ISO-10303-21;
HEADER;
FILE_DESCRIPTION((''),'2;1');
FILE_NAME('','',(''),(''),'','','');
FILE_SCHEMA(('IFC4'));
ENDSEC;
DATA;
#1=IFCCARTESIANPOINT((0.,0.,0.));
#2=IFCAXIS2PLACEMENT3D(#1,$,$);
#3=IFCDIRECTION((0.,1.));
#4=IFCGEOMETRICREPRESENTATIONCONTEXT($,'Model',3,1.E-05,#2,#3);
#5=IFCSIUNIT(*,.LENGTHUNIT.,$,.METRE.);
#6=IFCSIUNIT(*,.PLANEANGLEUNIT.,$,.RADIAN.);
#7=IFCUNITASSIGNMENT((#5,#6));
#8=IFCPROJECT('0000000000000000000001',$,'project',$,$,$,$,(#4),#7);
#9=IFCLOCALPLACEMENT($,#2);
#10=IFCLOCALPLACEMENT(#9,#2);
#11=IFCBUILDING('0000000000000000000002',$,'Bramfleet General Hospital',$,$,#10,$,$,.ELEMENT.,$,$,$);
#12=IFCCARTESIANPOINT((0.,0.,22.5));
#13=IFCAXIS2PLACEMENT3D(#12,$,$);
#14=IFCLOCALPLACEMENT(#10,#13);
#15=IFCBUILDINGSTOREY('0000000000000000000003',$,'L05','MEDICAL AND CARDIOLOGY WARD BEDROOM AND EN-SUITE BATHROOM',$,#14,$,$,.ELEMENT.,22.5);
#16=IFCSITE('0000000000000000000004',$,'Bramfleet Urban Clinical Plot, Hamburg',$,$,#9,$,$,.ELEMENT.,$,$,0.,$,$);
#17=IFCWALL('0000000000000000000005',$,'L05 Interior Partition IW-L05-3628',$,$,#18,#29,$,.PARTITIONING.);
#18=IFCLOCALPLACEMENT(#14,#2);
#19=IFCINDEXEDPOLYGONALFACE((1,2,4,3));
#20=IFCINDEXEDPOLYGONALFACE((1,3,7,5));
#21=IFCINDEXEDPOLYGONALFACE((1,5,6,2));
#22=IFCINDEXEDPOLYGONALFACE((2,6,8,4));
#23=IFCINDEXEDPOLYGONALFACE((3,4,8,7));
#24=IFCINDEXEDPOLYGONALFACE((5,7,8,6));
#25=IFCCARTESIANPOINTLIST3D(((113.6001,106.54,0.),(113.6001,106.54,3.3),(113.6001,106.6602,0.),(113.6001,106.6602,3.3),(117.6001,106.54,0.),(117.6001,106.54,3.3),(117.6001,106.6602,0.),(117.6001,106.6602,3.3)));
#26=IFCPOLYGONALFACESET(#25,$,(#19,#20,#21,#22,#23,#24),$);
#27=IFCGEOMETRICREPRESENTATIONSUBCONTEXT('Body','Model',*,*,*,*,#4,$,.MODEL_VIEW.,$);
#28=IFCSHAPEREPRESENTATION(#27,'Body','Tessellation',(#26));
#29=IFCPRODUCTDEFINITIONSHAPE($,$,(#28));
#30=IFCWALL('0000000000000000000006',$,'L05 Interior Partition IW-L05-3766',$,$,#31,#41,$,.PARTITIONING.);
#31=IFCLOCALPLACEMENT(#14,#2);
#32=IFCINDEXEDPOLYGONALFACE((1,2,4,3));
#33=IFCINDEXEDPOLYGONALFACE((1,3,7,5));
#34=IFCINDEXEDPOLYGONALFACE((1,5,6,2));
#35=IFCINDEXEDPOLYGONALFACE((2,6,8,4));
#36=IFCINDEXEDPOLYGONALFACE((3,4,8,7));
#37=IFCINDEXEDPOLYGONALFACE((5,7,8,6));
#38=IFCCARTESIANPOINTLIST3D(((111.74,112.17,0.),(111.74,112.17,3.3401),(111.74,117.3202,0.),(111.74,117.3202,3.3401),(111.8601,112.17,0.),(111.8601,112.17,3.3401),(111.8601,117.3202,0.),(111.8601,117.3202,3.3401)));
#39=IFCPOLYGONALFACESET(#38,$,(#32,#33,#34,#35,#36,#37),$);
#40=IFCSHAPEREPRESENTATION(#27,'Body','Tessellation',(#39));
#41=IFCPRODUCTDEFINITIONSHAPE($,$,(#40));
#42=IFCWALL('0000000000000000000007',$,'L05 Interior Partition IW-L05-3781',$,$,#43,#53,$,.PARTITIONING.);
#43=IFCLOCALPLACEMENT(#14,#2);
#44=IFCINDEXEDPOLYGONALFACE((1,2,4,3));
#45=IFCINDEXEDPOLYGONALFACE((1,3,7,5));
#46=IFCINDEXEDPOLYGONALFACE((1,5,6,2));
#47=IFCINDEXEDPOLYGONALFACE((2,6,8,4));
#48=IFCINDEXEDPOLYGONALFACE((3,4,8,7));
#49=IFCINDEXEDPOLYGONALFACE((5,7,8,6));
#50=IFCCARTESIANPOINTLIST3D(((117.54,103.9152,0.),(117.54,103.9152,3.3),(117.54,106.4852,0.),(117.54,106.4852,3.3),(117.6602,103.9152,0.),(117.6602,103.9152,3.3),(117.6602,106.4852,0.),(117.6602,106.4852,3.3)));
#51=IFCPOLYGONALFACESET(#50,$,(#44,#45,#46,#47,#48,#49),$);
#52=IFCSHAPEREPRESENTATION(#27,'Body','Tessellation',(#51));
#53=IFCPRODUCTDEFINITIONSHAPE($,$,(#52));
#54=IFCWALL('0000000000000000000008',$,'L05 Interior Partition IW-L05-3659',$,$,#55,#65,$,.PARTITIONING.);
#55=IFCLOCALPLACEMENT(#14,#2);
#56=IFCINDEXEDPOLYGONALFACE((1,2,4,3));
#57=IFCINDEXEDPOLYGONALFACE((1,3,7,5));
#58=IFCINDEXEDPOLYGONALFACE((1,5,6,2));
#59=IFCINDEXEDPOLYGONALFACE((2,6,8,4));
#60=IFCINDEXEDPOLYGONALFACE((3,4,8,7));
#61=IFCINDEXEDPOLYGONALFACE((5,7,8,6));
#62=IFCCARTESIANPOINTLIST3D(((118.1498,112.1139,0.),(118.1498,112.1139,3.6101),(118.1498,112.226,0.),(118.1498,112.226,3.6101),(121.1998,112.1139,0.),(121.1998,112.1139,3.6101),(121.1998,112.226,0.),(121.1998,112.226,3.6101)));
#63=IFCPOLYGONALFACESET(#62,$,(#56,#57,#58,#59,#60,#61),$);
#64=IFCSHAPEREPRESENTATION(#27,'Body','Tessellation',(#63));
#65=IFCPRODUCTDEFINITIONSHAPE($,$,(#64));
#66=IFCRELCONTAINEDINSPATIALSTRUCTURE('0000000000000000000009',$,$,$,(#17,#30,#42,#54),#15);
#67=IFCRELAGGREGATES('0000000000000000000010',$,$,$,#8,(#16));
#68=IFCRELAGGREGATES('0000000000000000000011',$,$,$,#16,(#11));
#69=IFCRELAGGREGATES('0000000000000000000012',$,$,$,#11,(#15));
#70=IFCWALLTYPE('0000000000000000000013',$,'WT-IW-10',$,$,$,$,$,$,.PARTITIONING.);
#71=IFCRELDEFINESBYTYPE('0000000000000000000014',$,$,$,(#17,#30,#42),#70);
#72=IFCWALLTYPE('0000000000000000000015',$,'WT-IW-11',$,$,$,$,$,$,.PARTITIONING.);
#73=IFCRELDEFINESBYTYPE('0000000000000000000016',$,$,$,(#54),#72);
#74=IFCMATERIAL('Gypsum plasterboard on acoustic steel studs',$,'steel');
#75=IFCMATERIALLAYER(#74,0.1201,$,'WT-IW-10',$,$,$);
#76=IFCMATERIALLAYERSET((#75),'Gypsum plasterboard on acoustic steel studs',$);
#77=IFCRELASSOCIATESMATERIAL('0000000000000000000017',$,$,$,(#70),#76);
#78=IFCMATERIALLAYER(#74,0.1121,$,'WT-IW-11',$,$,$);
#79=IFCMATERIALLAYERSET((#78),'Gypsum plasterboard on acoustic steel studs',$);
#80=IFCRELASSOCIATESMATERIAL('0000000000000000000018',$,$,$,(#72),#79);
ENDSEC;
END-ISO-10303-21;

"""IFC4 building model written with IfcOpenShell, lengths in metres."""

from ifc_helpers import new_model, si_unit, direction, frame, frame_2d, origin, place, context, subcontext, project, spatial, rectangle, extrude, material, layer, layer_set, type_object, element, save


model = new_model("IFC4")

# Units and contexts
model_context = context("Model", 3, precision=1e-05, world=origin(), true_north=direction((0.0, 1.0)))
body_context = subcontext(model_context, "Body", "Model", "MODEL_VIEW")
ifc_project = project(units=[si_unit("LENGTHUNIT", "METRE"), si_unit("PLANEANGLEUNIT", "RADIAN")], contexts=[model_context])

# Site, building, storey
site_placement = place(None, origin())
site = spatial("IfcSite", under=ifc_project, at=site_placement, Name="Bramfleet Urban Clinical Plot, Hamburg", CompositionType="ELEMENT", RefElevation=0.0)
building_placement = place(site_placement, origin())
building = spatial("IfcBuilding", under=site, at=building_placement, Name="Bramfleet General Hospital", CompositionType="ELEMENT")
storey_placement = place(building_placement, frame((0.0, 0.0, 22.5)))
storey = spatial("IfcBuildingStorey", under=building, at=storey_placement, Name="L05", Description="MEDICAL AND CARDIOLOGY WARD BEDROOM AND EN-SUITE BATHROOM", CompositionType="ELEMENT", Elevation=22.5)

# Walls
ifc_material_1 = material(Name="Gypsum plasterboard on acoustic steel studs", Category="steel")
ifc_layer_1 = layer(ifc_material_1, 0.1201, Name="WT-IW-10")
ifc_layer_set_1 = layer_set([ifc_layer_1], Name="Gypsum plasterboard on acoustic steel studs")
wall_type_1 = type_object("IfcWallType", Name="WT-IW-10", PredefinedType="PARTITIONING", material=ifc_layer_set_1)
wall_1_placement = place(storey_placement, frame((113.6001, 106.6001, 0.0), z_axis=(0.0, 0.0, 1.0), x_axis=(1.0, 0.0, 0.0)))
element("IfcWall", 1, at=wall_1_placement, inside=storey, type_object=wall_type_1, Name="L05 Interior Partition IW-L05-3628", PredefinedType="PARTITIONING", context=body_context, shape_type="SweptSolid", body=[
    extrude(rectangle(XDim=4.0, YDim=0.1201, at=frame_2d((2.0, 0.0))), origin(), (0.0, 0.0, 1.0), 3.3),
])
wall_2_placement = place(storey_placement, frame((111.8, 112.1699, 0.0), z_axis=(0.0, 0.0, 1.0), x_axis=(0.0, 1.0, 0.0)))
element("IfcWall", 2, at=wall_2_placement, inside=storey, type_object=wall_type_1, Name="L05 Interior Partition IW-L05-3766", PredefinedType="PARTITIONING", context=body_context, shape_type="SweptSolid", body=[
    extrude(rectangle(XDim=5.1501, YDim=0.1201, at=frame_2d((2.5752, 0.0))), origin(), (0.0, 0.0, 1.0), 3.3401),
])
wall_3_placement = place(storey_placement, frame((117.6001, 103.915, 0.0), z_axis=(0.0, 0.0, 1.0), x_axis=(0.0, 1.0, 0.0)))
element("IfcWall", 3, at=wall_3_placement, inside=storey, type_object=wall_type_1, Name="L05 Interior Partition IW-L05-3781", PredefinedType="PARTITIONING", context=body_context, shape_type="SweptSolid", body=[
    extrude(rectangle(XDim=2.5701, YDim=0.1201, at=frame_2d((1.2852, 0.0))), origin(), (0.0, 0.0, 1.0), 3.3),
])
ifc_layer_2 = layer(ifc_material_1, 0.1121, Name="WT-IW-11")
ifc_layer_set_2 = layer_set([ifc_layer_2], Name="Gypsum plasterboard on acoustic steel studs")
wall_type_2 = type_object("IfcWallType", Name="WT-IW-11", PredefinedType="PARTITIONING", material=ifc_layer_set_2)
wall_4_placement = place(storey_placement, frame((118.1499, 112.1699, 0.0), z_axis=(0.0, 0.0, 1.0), x_axis=(1.0, 0.0, 0.0)))
element("IfcWall", 4, at=wall_4_placement, inside=storey, type_object=wall_type_2, Name="L05 Interior Partition IW-L05-3659", PredefinedType="PARTITIONING", context=body_context, shape_type="SweptSolid", body=[
    extrude(rectangle(XDim=3.05, YDim=0.1121, at=frame_2d((1.5249, 0.0))), origin(), (0.0, 0.0, 1.0), 3.6101),
])

save(model, "model.ifc")
